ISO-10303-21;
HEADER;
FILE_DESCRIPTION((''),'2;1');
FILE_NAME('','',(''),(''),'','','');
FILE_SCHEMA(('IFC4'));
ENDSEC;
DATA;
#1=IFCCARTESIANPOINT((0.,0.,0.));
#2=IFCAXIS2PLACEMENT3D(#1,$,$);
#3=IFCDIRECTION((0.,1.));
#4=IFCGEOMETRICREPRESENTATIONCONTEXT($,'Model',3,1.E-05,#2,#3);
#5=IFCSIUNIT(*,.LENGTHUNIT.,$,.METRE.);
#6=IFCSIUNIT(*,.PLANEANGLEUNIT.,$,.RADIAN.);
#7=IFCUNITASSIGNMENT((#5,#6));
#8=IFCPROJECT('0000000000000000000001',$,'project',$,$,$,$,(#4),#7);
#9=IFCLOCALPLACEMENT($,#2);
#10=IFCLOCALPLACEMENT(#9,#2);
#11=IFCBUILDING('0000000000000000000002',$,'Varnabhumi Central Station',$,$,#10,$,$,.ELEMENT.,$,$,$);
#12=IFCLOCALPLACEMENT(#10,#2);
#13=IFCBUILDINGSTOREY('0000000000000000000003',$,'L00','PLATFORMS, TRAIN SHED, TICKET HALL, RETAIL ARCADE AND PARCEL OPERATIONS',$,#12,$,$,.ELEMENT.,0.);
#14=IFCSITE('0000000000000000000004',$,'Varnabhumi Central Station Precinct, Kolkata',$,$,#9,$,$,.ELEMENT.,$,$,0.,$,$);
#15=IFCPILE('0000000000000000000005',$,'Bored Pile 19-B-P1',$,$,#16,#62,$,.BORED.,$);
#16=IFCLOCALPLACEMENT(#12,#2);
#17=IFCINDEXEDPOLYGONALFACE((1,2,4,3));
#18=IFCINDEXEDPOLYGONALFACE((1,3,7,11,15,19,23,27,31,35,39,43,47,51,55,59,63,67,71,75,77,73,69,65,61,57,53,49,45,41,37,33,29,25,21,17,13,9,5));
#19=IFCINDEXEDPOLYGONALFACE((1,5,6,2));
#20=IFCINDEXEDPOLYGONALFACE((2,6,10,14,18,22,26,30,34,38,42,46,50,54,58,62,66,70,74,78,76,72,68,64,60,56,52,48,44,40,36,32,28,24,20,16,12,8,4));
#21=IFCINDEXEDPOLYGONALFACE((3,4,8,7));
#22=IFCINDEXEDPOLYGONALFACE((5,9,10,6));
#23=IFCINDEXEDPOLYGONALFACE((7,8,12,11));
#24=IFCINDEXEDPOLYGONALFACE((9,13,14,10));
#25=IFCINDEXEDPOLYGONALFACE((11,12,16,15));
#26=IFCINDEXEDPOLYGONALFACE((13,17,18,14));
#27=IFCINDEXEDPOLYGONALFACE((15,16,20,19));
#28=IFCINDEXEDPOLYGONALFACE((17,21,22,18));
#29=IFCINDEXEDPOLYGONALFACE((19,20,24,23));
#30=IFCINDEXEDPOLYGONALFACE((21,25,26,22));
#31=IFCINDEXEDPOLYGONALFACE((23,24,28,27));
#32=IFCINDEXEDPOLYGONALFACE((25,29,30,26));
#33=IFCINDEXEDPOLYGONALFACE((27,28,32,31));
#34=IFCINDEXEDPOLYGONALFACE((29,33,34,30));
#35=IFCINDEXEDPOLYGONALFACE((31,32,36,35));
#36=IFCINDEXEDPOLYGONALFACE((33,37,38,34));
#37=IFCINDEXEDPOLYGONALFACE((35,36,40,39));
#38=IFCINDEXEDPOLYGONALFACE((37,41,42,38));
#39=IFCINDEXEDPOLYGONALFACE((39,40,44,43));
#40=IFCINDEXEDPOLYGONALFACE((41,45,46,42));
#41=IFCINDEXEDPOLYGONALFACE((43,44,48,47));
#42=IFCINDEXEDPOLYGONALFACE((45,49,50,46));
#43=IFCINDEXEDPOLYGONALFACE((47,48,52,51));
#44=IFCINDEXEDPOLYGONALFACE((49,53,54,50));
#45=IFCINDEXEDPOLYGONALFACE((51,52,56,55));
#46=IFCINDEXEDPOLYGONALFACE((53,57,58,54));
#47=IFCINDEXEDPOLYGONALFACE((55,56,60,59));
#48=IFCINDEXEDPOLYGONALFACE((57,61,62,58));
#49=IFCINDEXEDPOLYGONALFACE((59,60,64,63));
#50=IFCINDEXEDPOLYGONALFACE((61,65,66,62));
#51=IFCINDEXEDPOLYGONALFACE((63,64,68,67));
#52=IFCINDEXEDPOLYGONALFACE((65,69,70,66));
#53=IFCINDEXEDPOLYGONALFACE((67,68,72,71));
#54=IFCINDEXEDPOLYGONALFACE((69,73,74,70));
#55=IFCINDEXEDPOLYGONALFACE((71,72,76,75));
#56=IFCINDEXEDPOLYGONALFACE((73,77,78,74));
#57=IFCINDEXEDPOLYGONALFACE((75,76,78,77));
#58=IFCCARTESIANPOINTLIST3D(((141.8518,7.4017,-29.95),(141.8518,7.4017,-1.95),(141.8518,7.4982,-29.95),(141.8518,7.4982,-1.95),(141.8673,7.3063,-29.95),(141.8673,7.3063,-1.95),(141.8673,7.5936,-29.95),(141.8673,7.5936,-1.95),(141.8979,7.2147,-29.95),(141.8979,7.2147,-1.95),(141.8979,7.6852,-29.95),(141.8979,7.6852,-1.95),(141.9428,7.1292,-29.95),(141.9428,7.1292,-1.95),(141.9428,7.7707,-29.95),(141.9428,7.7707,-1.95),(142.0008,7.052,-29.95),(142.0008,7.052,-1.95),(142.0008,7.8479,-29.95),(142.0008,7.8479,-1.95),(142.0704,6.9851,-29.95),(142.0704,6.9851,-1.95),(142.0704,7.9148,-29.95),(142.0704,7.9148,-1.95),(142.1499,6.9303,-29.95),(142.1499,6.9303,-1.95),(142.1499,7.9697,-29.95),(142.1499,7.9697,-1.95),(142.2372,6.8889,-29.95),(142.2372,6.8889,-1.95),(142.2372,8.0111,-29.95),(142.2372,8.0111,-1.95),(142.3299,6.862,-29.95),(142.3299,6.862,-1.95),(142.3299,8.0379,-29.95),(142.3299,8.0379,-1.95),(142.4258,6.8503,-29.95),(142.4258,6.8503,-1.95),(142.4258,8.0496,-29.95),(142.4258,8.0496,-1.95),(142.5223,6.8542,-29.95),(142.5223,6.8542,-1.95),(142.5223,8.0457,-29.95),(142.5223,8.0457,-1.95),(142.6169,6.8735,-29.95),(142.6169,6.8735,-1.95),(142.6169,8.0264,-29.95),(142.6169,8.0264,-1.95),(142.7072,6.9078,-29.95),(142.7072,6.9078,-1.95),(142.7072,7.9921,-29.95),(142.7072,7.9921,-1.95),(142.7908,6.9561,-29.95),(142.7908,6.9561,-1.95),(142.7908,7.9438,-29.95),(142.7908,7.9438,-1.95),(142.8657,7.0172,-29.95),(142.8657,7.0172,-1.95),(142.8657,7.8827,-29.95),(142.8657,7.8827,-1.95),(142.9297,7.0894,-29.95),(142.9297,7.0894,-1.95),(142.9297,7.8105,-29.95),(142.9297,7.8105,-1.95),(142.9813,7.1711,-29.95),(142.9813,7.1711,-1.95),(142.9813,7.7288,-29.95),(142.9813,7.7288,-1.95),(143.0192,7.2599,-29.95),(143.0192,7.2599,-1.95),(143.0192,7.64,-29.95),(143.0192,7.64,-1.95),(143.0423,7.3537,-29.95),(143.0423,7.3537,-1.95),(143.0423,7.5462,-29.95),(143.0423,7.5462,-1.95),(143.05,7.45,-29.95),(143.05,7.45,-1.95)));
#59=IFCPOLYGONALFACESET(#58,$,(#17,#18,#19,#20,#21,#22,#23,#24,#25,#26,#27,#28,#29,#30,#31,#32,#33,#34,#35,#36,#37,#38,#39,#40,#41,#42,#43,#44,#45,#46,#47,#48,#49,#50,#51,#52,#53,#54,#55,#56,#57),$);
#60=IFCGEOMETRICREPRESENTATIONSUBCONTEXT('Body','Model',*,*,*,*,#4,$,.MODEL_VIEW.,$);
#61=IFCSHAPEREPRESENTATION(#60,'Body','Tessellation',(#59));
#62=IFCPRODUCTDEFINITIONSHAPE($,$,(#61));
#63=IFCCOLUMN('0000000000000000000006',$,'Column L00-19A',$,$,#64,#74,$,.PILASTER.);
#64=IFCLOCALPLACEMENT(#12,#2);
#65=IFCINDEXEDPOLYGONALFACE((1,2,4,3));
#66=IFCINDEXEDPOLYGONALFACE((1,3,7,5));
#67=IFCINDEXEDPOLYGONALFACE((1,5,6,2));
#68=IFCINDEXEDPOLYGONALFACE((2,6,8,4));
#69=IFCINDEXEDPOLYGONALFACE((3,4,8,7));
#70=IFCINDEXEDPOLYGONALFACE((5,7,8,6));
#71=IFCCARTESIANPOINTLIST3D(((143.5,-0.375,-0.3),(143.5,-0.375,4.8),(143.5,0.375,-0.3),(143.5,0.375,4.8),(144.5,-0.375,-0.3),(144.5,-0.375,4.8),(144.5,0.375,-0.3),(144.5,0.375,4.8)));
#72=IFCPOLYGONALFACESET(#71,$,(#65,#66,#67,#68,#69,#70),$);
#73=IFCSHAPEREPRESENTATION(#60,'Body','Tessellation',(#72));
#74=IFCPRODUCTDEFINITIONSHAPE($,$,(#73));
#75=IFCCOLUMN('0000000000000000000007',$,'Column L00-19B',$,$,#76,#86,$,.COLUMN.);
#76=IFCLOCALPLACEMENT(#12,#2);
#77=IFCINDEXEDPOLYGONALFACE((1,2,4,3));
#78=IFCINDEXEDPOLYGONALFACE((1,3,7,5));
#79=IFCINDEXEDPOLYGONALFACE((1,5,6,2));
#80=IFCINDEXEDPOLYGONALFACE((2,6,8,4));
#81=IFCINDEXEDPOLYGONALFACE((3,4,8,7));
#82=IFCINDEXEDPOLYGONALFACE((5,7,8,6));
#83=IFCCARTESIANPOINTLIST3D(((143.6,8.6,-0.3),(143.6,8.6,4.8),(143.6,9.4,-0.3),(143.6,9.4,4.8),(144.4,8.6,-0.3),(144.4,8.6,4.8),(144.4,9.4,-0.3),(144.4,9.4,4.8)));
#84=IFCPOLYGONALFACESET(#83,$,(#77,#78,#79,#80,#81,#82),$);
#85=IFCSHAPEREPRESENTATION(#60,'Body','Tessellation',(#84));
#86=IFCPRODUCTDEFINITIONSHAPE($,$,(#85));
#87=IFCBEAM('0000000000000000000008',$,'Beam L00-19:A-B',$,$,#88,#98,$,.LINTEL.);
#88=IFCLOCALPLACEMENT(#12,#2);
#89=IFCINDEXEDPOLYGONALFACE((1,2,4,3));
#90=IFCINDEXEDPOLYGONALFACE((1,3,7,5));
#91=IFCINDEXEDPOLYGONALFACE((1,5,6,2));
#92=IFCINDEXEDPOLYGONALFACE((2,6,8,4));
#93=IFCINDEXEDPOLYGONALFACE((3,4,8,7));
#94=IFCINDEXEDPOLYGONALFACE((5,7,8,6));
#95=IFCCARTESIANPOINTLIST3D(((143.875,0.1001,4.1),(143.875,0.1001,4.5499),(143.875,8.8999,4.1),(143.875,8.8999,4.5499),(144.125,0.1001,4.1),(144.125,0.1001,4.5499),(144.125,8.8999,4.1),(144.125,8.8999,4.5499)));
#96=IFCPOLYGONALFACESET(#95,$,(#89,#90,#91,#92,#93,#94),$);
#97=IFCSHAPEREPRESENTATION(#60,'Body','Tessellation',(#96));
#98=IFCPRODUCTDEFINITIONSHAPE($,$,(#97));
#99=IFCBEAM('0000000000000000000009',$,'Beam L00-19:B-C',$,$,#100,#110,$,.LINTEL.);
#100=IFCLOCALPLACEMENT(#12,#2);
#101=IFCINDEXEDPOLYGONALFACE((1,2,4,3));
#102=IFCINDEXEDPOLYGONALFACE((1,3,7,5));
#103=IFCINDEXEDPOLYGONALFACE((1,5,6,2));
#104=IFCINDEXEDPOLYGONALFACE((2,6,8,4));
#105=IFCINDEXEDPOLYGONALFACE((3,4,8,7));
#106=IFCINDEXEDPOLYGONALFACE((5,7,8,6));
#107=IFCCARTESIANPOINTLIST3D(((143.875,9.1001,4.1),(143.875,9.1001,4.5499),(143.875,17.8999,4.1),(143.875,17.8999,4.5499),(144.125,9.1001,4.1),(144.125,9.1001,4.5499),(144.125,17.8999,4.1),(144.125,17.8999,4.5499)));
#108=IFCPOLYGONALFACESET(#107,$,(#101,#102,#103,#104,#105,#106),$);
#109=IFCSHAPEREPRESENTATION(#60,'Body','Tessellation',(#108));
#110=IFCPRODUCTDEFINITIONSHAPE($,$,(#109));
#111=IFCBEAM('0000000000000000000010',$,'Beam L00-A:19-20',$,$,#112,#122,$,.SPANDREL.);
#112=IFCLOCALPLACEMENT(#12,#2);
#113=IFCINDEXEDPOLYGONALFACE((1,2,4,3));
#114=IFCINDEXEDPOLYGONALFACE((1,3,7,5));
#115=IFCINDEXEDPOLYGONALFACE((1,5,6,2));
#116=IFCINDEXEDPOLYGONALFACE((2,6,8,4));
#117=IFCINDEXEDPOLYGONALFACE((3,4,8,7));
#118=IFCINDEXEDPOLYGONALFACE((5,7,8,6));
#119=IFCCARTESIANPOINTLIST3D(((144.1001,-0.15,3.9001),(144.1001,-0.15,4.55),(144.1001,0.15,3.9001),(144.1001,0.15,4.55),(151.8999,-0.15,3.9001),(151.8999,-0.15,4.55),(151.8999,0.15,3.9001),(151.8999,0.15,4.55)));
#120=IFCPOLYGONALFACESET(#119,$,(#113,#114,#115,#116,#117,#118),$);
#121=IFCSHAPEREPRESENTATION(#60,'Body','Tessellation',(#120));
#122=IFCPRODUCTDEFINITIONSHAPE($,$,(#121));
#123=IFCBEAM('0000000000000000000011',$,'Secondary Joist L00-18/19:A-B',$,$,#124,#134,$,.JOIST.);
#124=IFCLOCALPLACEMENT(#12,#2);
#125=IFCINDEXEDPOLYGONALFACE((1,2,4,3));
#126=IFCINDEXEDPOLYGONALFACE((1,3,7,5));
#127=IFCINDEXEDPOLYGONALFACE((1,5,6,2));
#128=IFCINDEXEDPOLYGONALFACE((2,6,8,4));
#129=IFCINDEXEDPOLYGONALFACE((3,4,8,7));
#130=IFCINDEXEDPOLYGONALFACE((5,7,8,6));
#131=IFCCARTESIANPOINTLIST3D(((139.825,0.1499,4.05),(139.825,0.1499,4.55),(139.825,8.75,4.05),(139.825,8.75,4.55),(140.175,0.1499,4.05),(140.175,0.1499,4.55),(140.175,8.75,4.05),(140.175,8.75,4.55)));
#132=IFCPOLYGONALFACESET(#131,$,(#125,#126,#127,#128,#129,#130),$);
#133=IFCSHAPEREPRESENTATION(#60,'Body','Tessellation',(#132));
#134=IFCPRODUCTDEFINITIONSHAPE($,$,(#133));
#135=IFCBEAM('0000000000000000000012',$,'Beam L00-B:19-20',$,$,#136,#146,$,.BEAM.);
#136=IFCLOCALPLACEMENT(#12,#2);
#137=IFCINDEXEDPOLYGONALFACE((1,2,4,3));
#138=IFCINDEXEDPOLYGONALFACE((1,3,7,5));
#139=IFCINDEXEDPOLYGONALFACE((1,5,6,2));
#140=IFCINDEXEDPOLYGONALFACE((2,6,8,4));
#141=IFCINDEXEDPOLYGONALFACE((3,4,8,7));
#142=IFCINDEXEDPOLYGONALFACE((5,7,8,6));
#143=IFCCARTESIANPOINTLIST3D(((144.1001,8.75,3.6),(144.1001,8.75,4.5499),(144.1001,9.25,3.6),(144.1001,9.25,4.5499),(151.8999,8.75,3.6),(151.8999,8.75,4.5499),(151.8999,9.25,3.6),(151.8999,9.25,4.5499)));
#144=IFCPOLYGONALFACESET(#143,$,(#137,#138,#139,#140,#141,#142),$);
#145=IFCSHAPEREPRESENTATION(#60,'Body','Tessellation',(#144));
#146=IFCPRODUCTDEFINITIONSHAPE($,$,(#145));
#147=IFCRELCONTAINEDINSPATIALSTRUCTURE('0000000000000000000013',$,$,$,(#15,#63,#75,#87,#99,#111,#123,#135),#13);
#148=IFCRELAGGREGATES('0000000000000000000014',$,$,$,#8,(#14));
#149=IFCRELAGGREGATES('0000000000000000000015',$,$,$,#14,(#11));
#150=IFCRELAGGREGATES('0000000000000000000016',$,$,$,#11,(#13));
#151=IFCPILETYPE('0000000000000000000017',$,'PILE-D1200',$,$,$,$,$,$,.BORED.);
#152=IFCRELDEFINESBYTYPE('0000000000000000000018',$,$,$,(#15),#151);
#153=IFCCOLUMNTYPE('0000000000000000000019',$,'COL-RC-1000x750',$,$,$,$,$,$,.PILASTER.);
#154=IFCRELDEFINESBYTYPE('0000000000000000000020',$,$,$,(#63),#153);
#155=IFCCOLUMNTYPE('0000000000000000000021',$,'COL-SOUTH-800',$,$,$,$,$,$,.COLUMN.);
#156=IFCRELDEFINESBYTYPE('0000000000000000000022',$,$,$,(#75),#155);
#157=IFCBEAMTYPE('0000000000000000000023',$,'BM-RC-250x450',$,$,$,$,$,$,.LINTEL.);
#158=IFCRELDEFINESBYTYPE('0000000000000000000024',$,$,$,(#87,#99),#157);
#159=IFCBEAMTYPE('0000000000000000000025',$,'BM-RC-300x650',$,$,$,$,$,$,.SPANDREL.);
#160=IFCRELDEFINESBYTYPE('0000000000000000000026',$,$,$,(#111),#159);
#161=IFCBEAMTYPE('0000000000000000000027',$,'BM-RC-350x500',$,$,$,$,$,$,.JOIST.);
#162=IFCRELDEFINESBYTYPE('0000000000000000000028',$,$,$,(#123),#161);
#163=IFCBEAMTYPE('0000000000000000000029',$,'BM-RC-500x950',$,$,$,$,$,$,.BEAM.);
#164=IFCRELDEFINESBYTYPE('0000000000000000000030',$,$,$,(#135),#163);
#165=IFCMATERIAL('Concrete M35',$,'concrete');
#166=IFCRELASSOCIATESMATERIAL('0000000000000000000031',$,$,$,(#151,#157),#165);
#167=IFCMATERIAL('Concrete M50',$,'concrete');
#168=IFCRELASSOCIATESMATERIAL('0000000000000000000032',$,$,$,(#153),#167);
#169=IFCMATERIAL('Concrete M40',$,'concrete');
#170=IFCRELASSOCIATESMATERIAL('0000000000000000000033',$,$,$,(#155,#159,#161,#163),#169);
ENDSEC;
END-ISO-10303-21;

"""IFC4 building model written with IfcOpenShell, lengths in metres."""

from ifc_helpers import new_model, si_unit, direction, frame, origin, origin_2d, place, context, subcontext, project, spatial, rectangle, circle, extrude, material, material_profile, profile_set, type_object, element, save


model = new_model("IFC4")

# Units and contexts
model_context = context("Model", 3, precision=1e-05, world=origin(), true_north=direction((0.0, 1.0)))
body_context = subcontext(model_context, "Body", "Model", "MODEL_VIEW")
ifc_project = project(units=[si_unit("LENGTHUNIT", "METRE"), si_unit("PLANEANGLEUNIT", "RADIAN")], contexts=[model_context])

# Site, building, storey
site_placement = place(None, origin())
site = spatial("IfcSite", under=ifc_project, at=site_placement, Name="Varnabhumi Central Station Precinct, Kolkata", CompositionType="ELEMENT", RefElevation=0.0)
building_placement = place(site_placement, origin())
building = spatial("IfcBuilding", under=site, at=building_placement, Name="Varnabhumi Central Station", CompositionType="ELEMENT")
storey_placement = place(building_placement, origin())
storey = spatial("IfcBuildingStorey", under=building, at=storey_placement, Name="L00", Description="PLATFORMS, TRAIN SHED, TICKET HALL, RETAIL ARCADE AND PARCEL OPERATIONS", CompositionType="ELEMENT", Elevation=0.0)

# Shared definitions
ifc_material_1 = material(Name="Concrete M40", Category="concrete")

# Pile
ifc_material_2 = material(Name="Concrete M35", Category="concrete")
ifc_material_profile_1 = material_profile(ifc_material_2, circle(Radius=0.6001, at=origin_2d()), Name="Concrete M35", Category="concrete")
ifc_profile_set_1 = profile_set([ifc_material_profile_1], Name="Concrete M35")
pile_type = type_object("IfcPileType", Name="PILE-D1200", PredefinedType="BORED", material=ifc_profile_set_1)
for number, where, z_axis, x_axis, name in (
    (1, (142.45, 7.45, -1.95), (0.0, 0.0, -1.0), (1.0, 0.0, 0.0), "Bored Pile 19-B-P1"),
):
    element("IfcPile", number, at=place(storey_placement, frame(where, z_axis=z_axis, x_axis=x_axis)), inside=storey, type_object=pile_type, Name=name, PredefinedType="BORED", context=body_context, shape_type="SweptSolid", body=[
        extrude(circle(Radius=0.6001, at=origin_2d()), origin(), (0.0, 0.0, 1.0), 28.0),
    ])

# Columns
ifc_material_3 = material(Name="Concrete M50", Category="concrete")
ifc_material_profile_2 = material_profile(ifc_material_3, rectangle(XDim=1.0, YDim=0.75, at=origin_2d()), Name="Concrete M50", Category="concrete")
ifc_profile_set_2 = profile_set([ifc_material_profile_2], Name="Concrete M50")
column_type_1 = type_object("IfcColumnType", Name="COL-RC-1000x750", PredefinedType="PILASTER", material=ifc_profile_set_2)
column_1_placement = place(storey_placement, frame((144.0, 0.0, -0.3), z_axis=(0.0, 0.0, 1.0), x_axis=(1.0, 0.0, 0.0)))
element("IfcColumn", 2, at=column_1_placement, inside=storey, type_object=column_type_1, Name="Column L00-19A", PredefinedType="PILASTER", context=body_context, shape_type="SweptSolid", body=[
    extrude(rectangle(XDim=1.0, YDim=0.75, at=origin_2d()), origin(), (0.0, 0.0, 1.0), 5.1001),
])
ifc_material_profile_3 = material_profile(ifc_material_1, rectangle(XDim=0.8, YDim=0.8, at=origin_2d()), Name="Concrete M40", Category="concrete")
ifc_profile_set_3 = profile_set([ifc_material_profile_3], Name="Concrete M40")
column_type_2 = type_object("IfcColumnType", Name="COL-SOUTH-800", PredefinedType="COLUMN", material=ifc_profile_set_3)
column_2_placement = place(storey_placement, frame((144.0, 9.0, -0.3), z_axis=(0.0, 0.0, 1.0), x_axis=(1.0, 0.0, 0.0)))
element("IfcColumn", 3, at=column_2_placement, inside=storey, type_object=column_type_2, Name="Column L00-19B", PredefinedType="COLUMN", context=body_context, shape_type="SweptSolid", body=[
    extrude(rectangle(XDim=0.8, YDim=0.8, at=origin_2d()), origin(), (0.0, 0.0, 1.0), 5.1001),
])

# Beams
ifc_material_profile_4 = material_profile(ifc_material_2, rectangle(XDim=0.25, YDim=0.45, at=origin_2d()), Name="Concrete M35", Category="concrete")
ifc_profile_set_4 = profile_set([ifc_material_profile_4], Name="Concrete M35")
beam_type_1 = type_object("IfcBeamType", Name="BM-RC-250x450", PredefinedType="LINTEL", material=ifc_profile_set_4)
for number, where, z_axis, x_axis, name in (
    (4, (144.0, 0.1001, 4.325), (0.0, 1.0, 0.0), (-1.0, 0.0, 0.0), "Beam L00-19:A-B"),
    (5, (144.0, 9.1001, 4.325), (0.0, 1.0, 0.0), (-1.0, 0.0, 0.0), "Beam L00-19:B-C"),
):
    element("IfcBeam", number, at=place(storey_placement, frame(where, z_axis=z_axis, x_axis=x_axis)), inside=storey, type_object=beam_type_1, Name=name, PredefinedType="LINTEL", context=body_context, shape_type="SweptSolid", body=[
        extrude(rectangle(XDim=0.25, YDim=0.45, at=origin_2d()), origin(), (0.0, 0.0, 1.0), 8.7998),
    ])
ifc_material_profile_5 = material_profile(ifc_material_1, rectangle(XDim=0.3, YDim=0.6499, at=origin_2d()), Name="Concrete M40", Category="concrete")
ifc_profile_set_5 = profile_set([ifc_material_profile_5], Name="Concrete M40")
beam_type_2 = type_object("IfcBeamType", Name="BM-RC-300x650", PredefinedType="SPANDREL", material=ifc_profile_set_5)
beam_1_placement = place(storey_placement, frame((144.1001, 0.0, 4.2251), z_axis=(1.0, 0.0, 0.0), x_axis=(0.0, 1.0, 0.0)))
element("IfcBeam", 6, at=beam_1_placement, inside=storey, type_object=beam_type_2, Name="Beam L00-A:19-20", PredefinedType="SPANDREL", context=body_context, shape_type="SweptSolid", body=[
    extrude(rectangle(XDim=0.3, YDim=0.6499, at=origin_2d()), origin(), (0.0, 0.0, 1.0), 7.7998),
])
ifc_material_profile_6 = material_profile(ifc_material_1, rectangle(XDim=0.3501, YDim=0.5, at=origin_2d()), Name="Concrete M40", Category="concrete")
ifc_profile_set_6 = profile_set([ifc_material_profile_6], Name="Concrete M40")
beam_type_3 = type_object("IfcBeamType", Name="BM-RC-350x500", PredefinedType="JOIST", material=ifc_profile_set_6)
beam_2_placement = place(storey_placement, frame((140.0, 0.1499, 4.3), z_axis=(0.0, 1.0, 0.0), x_axis=(-1.0, 0.0, 0.0)))
element("IfcBeam", 7, at=beam_2_placement, inside=storey, type_object=beam_type_3, Name="Secondary Joist L00-18/19:A-B", PredefinedType="JOIST", context=body_context, shape_type="SweptSolid", body=[
    extrude(rectangle(XDim=0.3501, YDim=0.5, at=origin_2d()), origin(), (0.0, 0.0, 1.0), 8.6001),
])
ifc_material_profile_7 = material_profile(ifc_material_1, rectangle(XDim=0.5, YDim=0.95, at=origin_2d()), Name="Concrete M40", Category="concrete")
ifc_profile_set_7 = profile_set([ifc_material_profile_7], Name="Concrete M40")
beam_type_4 = type_object("IfcBeamType", Name="BM-RC-500x950", PredefinedType="BEAM", material=ifc_profile_set_7)
beam_3_placement = place(storey_placement, frame((144.1001, 9.0, 4.075), z_axis=(1.0, 0.0, 0.0), x_axis=(0.0, 1.0, 0.0)))
element("IfcBeam", 8, at=beam_3_placement, inside=storey, type_object=beam_type_4, Name="Beam L00-B:19-20", PredefinedType="BEAM", context=body_context, shape_type="SweptSolid", body=[
    extrude(rectangle(XDim=0.5, YDim=0.95, at=origin_2d()), origin(), (0.0, 0.0, 1.0), 7.7998),
])

save(model, "model.ifc")
